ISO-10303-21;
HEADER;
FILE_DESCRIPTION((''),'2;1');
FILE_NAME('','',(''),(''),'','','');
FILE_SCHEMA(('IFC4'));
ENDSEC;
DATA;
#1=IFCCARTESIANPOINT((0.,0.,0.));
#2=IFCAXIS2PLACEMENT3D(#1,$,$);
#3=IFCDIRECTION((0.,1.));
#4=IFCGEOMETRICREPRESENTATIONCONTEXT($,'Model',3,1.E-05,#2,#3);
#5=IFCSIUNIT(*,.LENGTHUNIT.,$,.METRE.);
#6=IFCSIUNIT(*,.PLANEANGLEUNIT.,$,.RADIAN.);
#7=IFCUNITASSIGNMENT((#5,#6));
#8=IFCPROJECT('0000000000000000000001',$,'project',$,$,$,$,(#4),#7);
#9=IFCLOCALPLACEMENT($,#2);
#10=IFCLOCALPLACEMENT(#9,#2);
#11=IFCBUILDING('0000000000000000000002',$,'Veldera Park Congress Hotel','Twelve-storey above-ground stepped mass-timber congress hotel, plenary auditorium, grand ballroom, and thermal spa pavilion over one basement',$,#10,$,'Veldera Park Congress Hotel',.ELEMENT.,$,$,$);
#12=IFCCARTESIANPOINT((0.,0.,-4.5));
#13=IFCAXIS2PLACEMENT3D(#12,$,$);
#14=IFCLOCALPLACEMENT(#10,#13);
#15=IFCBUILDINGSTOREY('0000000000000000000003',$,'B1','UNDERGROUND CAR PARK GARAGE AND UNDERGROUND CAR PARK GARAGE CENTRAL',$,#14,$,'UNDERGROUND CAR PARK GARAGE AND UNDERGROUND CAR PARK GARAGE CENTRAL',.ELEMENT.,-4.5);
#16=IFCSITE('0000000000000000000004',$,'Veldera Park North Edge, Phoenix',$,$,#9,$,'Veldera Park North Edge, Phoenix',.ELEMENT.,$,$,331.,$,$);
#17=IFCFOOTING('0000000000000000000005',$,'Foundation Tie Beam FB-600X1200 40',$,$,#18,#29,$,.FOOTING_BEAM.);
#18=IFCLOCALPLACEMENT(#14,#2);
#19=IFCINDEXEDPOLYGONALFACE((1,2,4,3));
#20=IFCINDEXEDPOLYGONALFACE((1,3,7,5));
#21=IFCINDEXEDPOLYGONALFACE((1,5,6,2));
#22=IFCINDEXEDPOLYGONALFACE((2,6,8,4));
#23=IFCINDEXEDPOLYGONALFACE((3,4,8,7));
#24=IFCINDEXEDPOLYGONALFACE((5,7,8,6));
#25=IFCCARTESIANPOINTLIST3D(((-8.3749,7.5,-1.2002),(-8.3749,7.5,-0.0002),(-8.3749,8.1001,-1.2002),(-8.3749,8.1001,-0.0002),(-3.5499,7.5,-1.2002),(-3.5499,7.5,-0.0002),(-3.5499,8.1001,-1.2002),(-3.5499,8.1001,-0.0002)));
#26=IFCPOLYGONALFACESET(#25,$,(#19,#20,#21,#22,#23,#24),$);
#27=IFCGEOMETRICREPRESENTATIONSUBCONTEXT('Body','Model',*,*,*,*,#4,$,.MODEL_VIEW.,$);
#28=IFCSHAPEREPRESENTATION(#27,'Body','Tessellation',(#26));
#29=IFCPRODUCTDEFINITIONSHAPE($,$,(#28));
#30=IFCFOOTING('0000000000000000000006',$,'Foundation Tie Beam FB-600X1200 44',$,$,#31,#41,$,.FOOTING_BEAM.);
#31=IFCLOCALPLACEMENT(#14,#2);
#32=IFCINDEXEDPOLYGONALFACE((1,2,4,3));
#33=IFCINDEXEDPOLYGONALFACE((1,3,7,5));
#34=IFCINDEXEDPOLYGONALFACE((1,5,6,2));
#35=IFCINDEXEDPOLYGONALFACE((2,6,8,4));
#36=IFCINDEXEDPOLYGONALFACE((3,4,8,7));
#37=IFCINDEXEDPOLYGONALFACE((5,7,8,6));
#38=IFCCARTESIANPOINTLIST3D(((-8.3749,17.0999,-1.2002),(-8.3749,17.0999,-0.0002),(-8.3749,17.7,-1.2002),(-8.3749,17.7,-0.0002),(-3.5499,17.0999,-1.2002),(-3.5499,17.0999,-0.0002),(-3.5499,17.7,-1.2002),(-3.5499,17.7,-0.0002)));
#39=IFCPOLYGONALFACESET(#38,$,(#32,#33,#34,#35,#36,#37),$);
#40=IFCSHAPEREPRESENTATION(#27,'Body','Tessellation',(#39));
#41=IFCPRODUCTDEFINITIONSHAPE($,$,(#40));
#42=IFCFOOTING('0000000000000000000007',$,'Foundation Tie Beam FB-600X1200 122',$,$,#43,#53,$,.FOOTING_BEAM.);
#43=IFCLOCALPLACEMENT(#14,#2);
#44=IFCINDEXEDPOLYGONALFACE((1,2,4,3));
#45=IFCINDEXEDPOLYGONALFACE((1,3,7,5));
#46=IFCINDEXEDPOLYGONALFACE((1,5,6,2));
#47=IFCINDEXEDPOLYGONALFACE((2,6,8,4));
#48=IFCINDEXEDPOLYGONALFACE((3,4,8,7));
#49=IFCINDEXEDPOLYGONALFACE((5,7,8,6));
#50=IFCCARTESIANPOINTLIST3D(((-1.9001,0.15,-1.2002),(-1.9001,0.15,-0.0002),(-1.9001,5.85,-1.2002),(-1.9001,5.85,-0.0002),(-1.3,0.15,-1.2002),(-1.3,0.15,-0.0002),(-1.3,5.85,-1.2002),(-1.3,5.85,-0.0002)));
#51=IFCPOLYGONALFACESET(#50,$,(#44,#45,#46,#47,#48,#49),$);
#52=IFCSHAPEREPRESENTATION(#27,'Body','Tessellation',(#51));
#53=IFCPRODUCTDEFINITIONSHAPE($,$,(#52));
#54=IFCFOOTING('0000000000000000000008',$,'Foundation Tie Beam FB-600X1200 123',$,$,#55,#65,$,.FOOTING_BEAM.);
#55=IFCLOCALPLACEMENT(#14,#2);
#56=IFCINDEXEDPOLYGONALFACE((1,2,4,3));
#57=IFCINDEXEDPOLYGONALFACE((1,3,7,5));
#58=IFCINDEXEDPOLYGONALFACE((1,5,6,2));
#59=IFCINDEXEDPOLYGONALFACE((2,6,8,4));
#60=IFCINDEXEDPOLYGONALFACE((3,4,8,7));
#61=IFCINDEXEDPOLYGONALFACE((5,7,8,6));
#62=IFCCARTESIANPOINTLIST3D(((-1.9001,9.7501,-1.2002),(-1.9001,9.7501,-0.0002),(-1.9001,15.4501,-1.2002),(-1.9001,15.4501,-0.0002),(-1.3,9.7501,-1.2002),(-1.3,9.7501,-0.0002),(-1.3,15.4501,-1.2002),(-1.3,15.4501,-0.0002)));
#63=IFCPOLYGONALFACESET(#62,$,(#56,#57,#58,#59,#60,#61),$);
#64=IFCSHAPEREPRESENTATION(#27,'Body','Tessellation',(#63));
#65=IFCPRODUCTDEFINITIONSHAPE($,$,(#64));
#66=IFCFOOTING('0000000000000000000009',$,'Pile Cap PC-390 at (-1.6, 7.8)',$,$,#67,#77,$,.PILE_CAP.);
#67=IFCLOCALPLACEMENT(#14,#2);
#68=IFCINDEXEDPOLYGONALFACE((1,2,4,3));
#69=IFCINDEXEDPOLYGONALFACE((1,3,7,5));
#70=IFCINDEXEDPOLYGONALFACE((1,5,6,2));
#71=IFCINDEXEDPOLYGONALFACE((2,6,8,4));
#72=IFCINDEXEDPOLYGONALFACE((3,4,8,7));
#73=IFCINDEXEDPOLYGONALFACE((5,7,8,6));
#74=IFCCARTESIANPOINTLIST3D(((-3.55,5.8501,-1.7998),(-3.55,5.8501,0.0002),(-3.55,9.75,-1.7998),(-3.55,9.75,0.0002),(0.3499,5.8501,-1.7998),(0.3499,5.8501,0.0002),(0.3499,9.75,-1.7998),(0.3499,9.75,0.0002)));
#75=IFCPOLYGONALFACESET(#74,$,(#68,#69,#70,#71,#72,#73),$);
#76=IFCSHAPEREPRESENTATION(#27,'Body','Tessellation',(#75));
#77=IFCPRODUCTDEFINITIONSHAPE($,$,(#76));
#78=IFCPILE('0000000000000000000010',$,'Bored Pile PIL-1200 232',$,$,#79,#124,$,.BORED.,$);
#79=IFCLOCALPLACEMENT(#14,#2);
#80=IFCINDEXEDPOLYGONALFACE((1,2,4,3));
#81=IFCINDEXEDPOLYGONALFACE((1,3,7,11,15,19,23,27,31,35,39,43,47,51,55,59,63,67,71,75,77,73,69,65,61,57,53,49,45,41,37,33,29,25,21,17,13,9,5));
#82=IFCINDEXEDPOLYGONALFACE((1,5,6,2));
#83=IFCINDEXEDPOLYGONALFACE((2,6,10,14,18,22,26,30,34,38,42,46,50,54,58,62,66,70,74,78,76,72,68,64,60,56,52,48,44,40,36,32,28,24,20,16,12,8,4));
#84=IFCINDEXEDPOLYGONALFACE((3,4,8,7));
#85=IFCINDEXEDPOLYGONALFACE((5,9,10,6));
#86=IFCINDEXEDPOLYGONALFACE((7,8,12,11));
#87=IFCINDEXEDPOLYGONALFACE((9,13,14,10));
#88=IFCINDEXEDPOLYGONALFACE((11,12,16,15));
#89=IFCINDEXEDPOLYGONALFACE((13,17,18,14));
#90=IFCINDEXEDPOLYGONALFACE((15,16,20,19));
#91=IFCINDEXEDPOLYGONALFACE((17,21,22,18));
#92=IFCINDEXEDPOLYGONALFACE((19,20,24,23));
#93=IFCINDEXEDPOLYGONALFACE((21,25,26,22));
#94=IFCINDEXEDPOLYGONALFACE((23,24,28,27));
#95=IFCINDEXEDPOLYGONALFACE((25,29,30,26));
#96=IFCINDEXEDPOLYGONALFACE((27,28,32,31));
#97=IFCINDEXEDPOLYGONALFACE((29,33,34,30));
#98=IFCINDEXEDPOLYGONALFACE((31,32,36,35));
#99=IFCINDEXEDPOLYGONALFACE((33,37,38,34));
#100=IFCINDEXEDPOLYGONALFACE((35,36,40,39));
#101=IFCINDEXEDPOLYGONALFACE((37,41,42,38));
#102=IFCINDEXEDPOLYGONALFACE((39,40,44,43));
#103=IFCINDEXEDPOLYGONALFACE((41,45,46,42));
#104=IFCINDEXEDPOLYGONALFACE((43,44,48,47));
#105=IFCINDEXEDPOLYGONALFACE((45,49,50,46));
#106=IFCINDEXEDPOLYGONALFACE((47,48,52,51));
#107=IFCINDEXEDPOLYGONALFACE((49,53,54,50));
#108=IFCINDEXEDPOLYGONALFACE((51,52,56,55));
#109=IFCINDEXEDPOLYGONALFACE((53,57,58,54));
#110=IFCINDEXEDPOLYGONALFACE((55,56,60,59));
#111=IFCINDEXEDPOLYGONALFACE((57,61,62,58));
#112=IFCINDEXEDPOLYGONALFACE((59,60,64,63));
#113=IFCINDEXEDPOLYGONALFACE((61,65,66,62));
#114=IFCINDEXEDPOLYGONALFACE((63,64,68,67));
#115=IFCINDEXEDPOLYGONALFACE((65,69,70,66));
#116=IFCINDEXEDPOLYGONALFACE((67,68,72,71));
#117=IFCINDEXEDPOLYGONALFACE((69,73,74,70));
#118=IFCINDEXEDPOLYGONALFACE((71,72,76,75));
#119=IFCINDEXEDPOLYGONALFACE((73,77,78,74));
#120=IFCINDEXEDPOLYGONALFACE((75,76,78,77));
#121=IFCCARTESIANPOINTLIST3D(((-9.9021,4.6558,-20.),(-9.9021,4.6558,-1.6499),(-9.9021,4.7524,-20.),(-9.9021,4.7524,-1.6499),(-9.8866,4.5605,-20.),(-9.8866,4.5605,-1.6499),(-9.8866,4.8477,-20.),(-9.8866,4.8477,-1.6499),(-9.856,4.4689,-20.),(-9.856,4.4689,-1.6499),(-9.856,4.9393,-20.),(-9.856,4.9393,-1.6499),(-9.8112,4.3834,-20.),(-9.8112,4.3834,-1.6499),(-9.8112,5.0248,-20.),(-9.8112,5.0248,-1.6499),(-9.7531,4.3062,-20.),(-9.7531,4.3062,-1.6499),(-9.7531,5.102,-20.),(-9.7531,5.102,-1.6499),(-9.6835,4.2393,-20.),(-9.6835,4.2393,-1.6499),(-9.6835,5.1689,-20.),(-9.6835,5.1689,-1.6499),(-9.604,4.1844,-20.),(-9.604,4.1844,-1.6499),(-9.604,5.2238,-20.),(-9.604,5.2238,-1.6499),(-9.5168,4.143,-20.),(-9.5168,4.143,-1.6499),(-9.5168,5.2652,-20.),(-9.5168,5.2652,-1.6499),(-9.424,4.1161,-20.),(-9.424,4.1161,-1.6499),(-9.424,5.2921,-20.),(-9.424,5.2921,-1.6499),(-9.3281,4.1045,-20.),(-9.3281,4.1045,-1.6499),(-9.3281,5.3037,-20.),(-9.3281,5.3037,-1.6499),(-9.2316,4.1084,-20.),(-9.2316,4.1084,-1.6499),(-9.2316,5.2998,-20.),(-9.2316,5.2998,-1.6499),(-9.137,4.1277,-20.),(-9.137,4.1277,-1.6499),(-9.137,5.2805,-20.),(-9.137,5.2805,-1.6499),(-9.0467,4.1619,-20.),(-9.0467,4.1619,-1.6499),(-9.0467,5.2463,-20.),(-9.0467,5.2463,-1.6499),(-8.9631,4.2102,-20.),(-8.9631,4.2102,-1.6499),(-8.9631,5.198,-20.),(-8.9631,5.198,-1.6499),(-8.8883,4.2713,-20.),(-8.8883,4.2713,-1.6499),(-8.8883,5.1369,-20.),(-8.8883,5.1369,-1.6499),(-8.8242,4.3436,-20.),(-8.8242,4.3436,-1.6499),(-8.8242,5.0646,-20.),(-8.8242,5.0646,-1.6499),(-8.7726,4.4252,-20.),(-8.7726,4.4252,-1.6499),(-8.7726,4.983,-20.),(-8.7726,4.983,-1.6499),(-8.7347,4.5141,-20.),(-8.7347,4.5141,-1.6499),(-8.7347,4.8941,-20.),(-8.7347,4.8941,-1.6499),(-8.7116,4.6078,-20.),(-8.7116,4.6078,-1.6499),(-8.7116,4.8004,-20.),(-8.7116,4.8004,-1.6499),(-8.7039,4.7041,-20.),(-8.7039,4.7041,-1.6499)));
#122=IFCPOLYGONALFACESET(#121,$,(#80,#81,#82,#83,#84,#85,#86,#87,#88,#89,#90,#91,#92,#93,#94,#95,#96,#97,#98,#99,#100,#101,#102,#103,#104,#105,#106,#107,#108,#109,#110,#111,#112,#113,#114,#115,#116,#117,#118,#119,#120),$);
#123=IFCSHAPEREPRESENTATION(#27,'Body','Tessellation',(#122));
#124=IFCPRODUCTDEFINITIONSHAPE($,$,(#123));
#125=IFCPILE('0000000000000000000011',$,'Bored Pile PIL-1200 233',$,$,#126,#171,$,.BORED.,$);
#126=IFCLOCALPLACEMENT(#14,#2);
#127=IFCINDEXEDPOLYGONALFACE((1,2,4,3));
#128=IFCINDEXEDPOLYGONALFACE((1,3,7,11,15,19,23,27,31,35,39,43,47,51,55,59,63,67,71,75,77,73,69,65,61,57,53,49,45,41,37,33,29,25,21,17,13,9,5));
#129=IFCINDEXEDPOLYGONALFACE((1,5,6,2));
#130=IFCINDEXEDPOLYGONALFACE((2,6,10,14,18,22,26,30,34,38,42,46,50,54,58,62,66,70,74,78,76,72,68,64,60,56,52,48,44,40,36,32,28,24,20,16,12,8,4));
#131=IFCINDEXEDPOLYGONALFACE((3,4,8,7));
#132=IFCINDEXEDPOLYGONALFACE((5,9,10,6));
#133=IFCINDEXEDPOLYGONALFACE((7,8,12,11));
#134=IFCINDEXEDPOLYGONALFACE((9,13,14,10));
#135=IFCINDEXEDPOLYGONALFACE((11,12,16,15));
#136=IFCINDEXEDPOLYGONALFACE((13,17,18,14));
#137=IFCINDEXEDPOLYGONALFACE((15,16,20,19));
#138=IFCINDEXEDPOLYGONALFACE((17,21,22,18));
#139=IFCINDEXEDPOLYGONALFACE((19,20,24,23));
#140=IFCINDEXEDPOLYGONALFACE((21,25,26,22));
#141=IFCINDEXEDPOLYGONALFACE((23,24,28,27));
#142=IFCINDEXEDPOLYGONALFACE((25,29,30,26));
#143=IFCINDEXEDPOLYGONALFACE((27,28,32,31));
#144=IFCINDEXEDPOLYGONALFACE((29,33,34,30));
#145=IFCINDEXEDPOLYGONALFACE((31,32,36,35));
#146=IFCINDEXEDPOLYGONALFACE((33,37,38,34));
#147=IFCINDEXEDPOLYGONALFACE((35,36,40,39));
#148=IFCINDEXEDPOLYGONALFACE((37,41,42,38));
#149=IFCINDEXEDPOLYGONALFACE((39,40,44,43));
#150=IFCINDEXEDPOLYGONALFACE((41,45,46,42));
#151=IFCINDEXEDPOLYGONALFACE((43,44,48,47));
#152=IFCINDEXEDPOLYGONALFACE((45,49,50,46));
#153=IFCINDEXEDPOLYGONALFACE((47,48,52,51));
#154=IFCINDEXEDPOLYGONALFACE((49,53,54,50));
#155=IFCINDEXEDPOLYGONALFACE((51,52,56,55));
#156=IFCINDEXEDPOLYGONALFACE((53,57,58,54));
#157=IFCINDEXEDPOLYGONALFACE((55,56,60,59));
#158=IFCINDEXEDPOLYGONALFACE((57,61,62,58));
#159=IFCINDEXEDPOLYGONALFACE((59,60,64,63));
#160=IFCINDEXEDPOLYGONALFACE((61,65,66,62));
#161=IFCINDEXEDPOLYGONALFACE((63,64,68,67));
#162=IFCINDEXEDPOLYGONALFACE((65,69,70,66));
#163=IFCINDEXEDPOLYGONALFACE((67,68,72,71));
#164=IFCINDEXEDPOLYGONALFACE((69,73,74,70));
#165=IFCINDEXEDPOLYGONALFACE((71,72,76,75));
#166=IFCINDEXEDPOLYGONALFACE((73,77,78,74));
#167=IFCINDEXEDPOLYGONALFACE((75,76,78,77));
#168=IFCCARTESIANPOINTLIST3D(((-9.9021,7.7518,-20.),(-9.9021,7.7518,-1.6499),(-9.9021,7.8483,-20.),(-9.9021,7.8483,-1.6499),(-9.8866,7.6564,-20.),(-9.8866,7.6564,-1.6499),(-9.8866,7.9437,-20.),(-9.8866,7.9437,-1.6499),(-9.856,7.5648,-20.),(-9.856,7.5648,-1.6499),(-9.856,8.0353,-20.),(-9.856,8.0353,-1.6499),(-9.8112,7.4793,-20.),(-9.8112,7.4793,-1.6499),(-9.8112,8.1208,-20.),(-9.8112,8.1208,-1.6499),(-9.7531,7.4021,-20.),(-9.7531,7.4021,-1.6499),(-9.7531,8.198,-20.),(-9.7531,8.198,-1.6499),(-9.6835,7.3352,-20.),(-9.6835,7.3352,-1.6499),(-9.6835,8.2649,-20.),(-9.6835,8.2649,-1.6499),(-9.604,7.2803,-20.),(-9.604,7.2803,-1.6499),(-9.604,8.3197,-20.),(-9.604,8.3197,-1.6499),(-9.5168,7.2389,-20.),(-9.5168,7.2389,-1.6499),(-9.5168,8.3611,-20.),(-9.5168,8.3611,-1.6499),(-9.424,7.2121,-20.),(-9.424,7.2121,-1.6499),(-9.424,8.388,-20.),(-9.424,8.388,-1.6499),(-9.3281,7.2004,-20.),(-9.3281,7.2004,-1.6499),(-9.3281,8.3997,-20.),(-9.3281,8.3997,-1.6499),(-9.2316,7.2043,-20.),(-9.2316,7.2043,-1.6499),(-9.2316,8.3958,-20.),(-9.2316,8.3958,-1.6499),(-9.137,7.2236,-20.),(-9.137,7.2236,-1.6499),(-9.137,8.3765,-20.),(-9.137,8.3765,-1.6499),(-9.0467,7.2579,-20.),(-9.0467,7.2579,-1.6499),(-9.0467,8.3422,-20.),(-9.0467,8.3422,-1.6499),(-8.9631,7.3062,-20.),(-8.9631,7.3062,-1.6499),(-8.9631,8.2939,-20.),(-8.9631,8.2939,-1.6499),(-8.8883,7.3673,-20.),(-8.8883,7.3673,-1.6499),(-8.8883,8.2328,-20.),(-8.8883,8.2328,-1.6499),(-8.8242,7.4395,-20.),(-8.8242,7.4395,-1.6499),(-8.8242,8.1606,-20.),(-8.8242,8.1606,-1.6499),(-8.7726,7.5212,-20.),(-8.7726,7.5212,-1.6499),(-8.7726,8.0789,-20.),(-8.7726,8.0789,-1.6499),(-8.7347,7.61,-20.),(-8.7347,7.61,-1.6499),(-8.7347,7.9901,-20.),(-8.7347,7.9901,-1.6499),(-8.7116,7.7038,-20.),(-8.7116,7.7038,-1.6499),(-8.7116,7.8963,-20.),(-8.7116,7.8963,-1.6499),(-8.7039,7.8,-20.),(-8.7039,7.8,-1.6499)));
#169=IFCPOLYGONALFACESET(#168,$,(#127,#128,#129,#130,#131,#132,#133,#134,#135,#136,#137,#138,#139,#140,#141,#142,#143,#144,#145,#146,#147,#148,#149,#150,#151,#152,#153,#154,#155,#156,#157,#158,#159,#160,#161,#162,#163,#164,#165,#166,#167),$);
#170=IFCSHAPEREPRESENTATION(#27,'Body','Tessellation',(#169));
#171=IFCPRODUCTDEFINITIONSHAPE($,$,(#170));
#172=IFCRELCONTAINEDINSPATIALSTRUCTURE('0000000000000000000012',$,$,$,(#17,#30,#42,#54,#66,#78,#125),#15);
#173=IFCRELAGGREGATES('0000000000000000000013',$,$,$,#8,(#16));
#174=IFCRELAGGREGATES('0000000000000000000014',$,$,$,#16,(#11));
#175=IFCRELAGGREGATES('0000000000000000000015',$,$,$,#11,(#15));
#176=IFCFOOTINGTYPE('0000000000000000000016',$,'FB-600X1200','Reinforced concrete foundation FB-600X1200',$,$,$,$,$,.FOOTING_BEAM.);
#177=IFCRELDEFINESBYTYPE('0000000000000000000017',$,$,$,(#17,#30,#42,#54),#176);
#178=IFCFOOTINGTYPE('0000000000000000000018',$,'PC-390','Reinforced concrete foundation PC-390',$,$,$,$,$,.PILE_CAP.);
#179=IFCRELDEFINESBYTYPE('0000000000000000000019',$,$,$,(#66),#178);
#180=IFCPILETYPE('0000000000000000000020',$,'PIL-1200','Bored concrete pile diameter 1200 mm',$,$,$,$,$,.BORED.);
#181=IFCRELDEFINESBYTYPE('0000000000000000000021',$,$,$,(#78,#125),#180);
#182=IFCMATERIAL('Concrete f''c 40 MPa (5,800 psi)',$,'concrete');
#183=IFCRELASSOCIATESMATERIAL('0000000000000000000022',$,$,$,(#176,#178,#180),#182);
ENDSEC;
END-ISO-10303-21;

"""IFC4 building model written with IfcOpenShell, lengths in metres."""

from ifc_helpers import new_model, si_unit, direction, frame, origin, origin_2d, place, context, subcontext, project, spatial, rectangle, circle, extrude, material, material_profile, profile_set, type_object, element, save


model = new_model("IFC4")

# Units and contexts
model_context = context("Model", 3, precision=1e-05, world=origin(), true_north=direction((0.0, 1.0)))
body_context = subcontext(model_context, "Body", "Model", "MODEL_VIEW")
ifc_project = project(units=[si_unit("LENGTHUNIT", "METRE"), si_unit("PLANEANGLEUNIT", "RADIAN")], contexts=[model_context])

# Site, building, storey
site_placement = place(None, origin())
site = spatial("IfcSite", under=ifc_project, at=site_placement, Name="Veldera Park North Edge, Phoenix", LongName="Veldera Park North Edge, Phoenix", CompositionType="ELEMENT", RefElevation=331.0)
building_placement = place(site_placement, origin())
building = spatial("IfcBuilding", under=site, at=building_placement, Name="Veldera Park Congress Hotel", Description="Twelve-storey above-ground stepped mass-timber congress hotel, plenary auditorium, grand ballroom, and thermal spa pavilion over one basement", LongName="Veldera Park Congress Hotel", CompositionType="ELEMENT")
storey_placement = place(building_placement, frame((0.0, 0.0, -4.5)))
storey = spatial("IfcBuildingStorey", under=building, at=storey_placement, Name="B1", Description="UNDERGROUND CAR PARK GARAGE AND UNDERGROUND CAR PARK GARAGE CENTRAL", LongName="UNDERGROUND CAR PARK GARAGE AND UNDERGROUND CAR PARK GARAGE CENTRAL", CompositionType="ELEMENT", Elevation=-4.5)

# Footings
ifc_material_1 = material(Name="Concrete f'c 40 MPa (5,800 psi)", Category="concrete")
footing_type_1 = type_object("IfcFootingType", Name="FB-600X1200", Description="Reinforced concrete foundation FB-600X1200", PredefinedType="FOOTING_BEAM", material=ifc_material_1)
for number, where, z_axis, x_axis, name in (
    (1, (-5.9624, 7.8, -1.2002), (0.0, 0.0, 1.0), (1.0, 0.0, 0.0), "Foundation Tie Beam FB-600X1200 40"),
    (2, (-5.9624, 17.3999, -1.2002), (0.0, 0.0, 1.0), (1.0, 0.0, 0.0), "Foundation Tie Beam FB-600X1200 44"),
):
    element("IfcFooting", number, at=place(storey_placement, frame(where, z_axis=z_axis, x_axis=x_axis)), inside=storey, type_object=footing_type_1, Name=name, PredefinedType="FOOTING_BEAM", context=body_context, shape_type="SweptSolid", body=[
        extrude(rectangle(XDim=4.825, YDim=0.6001, at=origin_2d()), origin(), (0.0, 0.0, 1.0), 1.2),
    ])
for number, where, z_axis, x_axis, name in (
    (3, (-1.6001, 3.0, -1.2002), (0.0, 0.0, 1.0), (0.0, 1.0, 0.0), "Foundation Tie Beam FB-600X1200 122"),
    (4, (-1.6001, 12.6001, -1.2002), (0.0, 0.0, 1.0), (0.0, 1.0, 0.0), "Foundation Tie Beam FB-600X1200 123"),
):
    element("IfcFooting", number, at=place(storey_placement, frame(where, z_axis=z_axis, x_axis=x_axis)), inside=storey, type_object=footing_type_1, Name=name, PredefinedType="FOOTING_BEAM", context=body_context, shape_type="SweptSolid", body=[
        extrude(rectangle(XDim=5.7, YDim=0.6001, at=origin_2d()), origin(), (0.0, 0.0, 1.0), 1.2),
    ])
footing_type_2 = type_object("IfcFootingType", Name="PC-390", Description="Reinforced concrete foundation PC-390", PredefinedType="PILE_CAP", material=ifc_material_1)
footing_placement = place(storey_placement, frame((-1.6001, 7.8, -1.7998), z_axis=(0.0, 0.0, 1.0), x_axis=(1.0, 0.0, 0.0)))
element("IfcFooting", 5, at=footing_placement, inside=storey, type_object=footing_type_2, Name="Pile Cap PC-390 at (-1.6, 7.8)", PredefinedType="PILE_CAP", context=body_context, shape_type="SweptSolid", body=[
    extrude(rectangle(XDim=3.8999, YDim=3.8999, at=origin_2d()), origin(), (0.0, 0.0, 1.0), 1.8),
])

# Piles
ifc_material_profile_1 = material_profile(ifc_material_1, circle(Radius=0.6001, at=origin_2d()), Name="PILE D1200")
ifc_profile_set_1 = profile_set([ifc_material_profile_1], Name="Concrete f'c 40 MPa (5,800 psi)")
pile_type_1 = type_object("IfcPileType", Name="PIL-1200", Description="Bored concrete pile diameter 1200 mm", PredefinedType="BORED", material=ifc_profile_set_1)
for number, where, z_axis, x_axis, name in (
    (6, (-9.304, 4.7041, -1.6499), (0.0, 0.0, -1.0), (1.0, 0.0, 0.0), "Bored Pile PIL-1200 232"),
    (7, (-9.304, 7.8, -1.6499), (0.0, 0.0, -1.0), (1.0, 0.0, 0.0), "Bored Pile PIL-1200 233"),
):
    element("IfcPile", number, at=place(storey_placement, frame(where, z_axis=z_axis, x_axis=x_axis)), inside=storey, type_object=pile_type_1, Name=name, PredefinedType="BORED", context=body_context, shape_type="SweptSolid", body=[
        extrude(circle(Radius=0.6001, at=origin_2d()), origin(), (0.0, 0.0, 1.0), 18.3501),
    ])

save(model, "model.ifc")
